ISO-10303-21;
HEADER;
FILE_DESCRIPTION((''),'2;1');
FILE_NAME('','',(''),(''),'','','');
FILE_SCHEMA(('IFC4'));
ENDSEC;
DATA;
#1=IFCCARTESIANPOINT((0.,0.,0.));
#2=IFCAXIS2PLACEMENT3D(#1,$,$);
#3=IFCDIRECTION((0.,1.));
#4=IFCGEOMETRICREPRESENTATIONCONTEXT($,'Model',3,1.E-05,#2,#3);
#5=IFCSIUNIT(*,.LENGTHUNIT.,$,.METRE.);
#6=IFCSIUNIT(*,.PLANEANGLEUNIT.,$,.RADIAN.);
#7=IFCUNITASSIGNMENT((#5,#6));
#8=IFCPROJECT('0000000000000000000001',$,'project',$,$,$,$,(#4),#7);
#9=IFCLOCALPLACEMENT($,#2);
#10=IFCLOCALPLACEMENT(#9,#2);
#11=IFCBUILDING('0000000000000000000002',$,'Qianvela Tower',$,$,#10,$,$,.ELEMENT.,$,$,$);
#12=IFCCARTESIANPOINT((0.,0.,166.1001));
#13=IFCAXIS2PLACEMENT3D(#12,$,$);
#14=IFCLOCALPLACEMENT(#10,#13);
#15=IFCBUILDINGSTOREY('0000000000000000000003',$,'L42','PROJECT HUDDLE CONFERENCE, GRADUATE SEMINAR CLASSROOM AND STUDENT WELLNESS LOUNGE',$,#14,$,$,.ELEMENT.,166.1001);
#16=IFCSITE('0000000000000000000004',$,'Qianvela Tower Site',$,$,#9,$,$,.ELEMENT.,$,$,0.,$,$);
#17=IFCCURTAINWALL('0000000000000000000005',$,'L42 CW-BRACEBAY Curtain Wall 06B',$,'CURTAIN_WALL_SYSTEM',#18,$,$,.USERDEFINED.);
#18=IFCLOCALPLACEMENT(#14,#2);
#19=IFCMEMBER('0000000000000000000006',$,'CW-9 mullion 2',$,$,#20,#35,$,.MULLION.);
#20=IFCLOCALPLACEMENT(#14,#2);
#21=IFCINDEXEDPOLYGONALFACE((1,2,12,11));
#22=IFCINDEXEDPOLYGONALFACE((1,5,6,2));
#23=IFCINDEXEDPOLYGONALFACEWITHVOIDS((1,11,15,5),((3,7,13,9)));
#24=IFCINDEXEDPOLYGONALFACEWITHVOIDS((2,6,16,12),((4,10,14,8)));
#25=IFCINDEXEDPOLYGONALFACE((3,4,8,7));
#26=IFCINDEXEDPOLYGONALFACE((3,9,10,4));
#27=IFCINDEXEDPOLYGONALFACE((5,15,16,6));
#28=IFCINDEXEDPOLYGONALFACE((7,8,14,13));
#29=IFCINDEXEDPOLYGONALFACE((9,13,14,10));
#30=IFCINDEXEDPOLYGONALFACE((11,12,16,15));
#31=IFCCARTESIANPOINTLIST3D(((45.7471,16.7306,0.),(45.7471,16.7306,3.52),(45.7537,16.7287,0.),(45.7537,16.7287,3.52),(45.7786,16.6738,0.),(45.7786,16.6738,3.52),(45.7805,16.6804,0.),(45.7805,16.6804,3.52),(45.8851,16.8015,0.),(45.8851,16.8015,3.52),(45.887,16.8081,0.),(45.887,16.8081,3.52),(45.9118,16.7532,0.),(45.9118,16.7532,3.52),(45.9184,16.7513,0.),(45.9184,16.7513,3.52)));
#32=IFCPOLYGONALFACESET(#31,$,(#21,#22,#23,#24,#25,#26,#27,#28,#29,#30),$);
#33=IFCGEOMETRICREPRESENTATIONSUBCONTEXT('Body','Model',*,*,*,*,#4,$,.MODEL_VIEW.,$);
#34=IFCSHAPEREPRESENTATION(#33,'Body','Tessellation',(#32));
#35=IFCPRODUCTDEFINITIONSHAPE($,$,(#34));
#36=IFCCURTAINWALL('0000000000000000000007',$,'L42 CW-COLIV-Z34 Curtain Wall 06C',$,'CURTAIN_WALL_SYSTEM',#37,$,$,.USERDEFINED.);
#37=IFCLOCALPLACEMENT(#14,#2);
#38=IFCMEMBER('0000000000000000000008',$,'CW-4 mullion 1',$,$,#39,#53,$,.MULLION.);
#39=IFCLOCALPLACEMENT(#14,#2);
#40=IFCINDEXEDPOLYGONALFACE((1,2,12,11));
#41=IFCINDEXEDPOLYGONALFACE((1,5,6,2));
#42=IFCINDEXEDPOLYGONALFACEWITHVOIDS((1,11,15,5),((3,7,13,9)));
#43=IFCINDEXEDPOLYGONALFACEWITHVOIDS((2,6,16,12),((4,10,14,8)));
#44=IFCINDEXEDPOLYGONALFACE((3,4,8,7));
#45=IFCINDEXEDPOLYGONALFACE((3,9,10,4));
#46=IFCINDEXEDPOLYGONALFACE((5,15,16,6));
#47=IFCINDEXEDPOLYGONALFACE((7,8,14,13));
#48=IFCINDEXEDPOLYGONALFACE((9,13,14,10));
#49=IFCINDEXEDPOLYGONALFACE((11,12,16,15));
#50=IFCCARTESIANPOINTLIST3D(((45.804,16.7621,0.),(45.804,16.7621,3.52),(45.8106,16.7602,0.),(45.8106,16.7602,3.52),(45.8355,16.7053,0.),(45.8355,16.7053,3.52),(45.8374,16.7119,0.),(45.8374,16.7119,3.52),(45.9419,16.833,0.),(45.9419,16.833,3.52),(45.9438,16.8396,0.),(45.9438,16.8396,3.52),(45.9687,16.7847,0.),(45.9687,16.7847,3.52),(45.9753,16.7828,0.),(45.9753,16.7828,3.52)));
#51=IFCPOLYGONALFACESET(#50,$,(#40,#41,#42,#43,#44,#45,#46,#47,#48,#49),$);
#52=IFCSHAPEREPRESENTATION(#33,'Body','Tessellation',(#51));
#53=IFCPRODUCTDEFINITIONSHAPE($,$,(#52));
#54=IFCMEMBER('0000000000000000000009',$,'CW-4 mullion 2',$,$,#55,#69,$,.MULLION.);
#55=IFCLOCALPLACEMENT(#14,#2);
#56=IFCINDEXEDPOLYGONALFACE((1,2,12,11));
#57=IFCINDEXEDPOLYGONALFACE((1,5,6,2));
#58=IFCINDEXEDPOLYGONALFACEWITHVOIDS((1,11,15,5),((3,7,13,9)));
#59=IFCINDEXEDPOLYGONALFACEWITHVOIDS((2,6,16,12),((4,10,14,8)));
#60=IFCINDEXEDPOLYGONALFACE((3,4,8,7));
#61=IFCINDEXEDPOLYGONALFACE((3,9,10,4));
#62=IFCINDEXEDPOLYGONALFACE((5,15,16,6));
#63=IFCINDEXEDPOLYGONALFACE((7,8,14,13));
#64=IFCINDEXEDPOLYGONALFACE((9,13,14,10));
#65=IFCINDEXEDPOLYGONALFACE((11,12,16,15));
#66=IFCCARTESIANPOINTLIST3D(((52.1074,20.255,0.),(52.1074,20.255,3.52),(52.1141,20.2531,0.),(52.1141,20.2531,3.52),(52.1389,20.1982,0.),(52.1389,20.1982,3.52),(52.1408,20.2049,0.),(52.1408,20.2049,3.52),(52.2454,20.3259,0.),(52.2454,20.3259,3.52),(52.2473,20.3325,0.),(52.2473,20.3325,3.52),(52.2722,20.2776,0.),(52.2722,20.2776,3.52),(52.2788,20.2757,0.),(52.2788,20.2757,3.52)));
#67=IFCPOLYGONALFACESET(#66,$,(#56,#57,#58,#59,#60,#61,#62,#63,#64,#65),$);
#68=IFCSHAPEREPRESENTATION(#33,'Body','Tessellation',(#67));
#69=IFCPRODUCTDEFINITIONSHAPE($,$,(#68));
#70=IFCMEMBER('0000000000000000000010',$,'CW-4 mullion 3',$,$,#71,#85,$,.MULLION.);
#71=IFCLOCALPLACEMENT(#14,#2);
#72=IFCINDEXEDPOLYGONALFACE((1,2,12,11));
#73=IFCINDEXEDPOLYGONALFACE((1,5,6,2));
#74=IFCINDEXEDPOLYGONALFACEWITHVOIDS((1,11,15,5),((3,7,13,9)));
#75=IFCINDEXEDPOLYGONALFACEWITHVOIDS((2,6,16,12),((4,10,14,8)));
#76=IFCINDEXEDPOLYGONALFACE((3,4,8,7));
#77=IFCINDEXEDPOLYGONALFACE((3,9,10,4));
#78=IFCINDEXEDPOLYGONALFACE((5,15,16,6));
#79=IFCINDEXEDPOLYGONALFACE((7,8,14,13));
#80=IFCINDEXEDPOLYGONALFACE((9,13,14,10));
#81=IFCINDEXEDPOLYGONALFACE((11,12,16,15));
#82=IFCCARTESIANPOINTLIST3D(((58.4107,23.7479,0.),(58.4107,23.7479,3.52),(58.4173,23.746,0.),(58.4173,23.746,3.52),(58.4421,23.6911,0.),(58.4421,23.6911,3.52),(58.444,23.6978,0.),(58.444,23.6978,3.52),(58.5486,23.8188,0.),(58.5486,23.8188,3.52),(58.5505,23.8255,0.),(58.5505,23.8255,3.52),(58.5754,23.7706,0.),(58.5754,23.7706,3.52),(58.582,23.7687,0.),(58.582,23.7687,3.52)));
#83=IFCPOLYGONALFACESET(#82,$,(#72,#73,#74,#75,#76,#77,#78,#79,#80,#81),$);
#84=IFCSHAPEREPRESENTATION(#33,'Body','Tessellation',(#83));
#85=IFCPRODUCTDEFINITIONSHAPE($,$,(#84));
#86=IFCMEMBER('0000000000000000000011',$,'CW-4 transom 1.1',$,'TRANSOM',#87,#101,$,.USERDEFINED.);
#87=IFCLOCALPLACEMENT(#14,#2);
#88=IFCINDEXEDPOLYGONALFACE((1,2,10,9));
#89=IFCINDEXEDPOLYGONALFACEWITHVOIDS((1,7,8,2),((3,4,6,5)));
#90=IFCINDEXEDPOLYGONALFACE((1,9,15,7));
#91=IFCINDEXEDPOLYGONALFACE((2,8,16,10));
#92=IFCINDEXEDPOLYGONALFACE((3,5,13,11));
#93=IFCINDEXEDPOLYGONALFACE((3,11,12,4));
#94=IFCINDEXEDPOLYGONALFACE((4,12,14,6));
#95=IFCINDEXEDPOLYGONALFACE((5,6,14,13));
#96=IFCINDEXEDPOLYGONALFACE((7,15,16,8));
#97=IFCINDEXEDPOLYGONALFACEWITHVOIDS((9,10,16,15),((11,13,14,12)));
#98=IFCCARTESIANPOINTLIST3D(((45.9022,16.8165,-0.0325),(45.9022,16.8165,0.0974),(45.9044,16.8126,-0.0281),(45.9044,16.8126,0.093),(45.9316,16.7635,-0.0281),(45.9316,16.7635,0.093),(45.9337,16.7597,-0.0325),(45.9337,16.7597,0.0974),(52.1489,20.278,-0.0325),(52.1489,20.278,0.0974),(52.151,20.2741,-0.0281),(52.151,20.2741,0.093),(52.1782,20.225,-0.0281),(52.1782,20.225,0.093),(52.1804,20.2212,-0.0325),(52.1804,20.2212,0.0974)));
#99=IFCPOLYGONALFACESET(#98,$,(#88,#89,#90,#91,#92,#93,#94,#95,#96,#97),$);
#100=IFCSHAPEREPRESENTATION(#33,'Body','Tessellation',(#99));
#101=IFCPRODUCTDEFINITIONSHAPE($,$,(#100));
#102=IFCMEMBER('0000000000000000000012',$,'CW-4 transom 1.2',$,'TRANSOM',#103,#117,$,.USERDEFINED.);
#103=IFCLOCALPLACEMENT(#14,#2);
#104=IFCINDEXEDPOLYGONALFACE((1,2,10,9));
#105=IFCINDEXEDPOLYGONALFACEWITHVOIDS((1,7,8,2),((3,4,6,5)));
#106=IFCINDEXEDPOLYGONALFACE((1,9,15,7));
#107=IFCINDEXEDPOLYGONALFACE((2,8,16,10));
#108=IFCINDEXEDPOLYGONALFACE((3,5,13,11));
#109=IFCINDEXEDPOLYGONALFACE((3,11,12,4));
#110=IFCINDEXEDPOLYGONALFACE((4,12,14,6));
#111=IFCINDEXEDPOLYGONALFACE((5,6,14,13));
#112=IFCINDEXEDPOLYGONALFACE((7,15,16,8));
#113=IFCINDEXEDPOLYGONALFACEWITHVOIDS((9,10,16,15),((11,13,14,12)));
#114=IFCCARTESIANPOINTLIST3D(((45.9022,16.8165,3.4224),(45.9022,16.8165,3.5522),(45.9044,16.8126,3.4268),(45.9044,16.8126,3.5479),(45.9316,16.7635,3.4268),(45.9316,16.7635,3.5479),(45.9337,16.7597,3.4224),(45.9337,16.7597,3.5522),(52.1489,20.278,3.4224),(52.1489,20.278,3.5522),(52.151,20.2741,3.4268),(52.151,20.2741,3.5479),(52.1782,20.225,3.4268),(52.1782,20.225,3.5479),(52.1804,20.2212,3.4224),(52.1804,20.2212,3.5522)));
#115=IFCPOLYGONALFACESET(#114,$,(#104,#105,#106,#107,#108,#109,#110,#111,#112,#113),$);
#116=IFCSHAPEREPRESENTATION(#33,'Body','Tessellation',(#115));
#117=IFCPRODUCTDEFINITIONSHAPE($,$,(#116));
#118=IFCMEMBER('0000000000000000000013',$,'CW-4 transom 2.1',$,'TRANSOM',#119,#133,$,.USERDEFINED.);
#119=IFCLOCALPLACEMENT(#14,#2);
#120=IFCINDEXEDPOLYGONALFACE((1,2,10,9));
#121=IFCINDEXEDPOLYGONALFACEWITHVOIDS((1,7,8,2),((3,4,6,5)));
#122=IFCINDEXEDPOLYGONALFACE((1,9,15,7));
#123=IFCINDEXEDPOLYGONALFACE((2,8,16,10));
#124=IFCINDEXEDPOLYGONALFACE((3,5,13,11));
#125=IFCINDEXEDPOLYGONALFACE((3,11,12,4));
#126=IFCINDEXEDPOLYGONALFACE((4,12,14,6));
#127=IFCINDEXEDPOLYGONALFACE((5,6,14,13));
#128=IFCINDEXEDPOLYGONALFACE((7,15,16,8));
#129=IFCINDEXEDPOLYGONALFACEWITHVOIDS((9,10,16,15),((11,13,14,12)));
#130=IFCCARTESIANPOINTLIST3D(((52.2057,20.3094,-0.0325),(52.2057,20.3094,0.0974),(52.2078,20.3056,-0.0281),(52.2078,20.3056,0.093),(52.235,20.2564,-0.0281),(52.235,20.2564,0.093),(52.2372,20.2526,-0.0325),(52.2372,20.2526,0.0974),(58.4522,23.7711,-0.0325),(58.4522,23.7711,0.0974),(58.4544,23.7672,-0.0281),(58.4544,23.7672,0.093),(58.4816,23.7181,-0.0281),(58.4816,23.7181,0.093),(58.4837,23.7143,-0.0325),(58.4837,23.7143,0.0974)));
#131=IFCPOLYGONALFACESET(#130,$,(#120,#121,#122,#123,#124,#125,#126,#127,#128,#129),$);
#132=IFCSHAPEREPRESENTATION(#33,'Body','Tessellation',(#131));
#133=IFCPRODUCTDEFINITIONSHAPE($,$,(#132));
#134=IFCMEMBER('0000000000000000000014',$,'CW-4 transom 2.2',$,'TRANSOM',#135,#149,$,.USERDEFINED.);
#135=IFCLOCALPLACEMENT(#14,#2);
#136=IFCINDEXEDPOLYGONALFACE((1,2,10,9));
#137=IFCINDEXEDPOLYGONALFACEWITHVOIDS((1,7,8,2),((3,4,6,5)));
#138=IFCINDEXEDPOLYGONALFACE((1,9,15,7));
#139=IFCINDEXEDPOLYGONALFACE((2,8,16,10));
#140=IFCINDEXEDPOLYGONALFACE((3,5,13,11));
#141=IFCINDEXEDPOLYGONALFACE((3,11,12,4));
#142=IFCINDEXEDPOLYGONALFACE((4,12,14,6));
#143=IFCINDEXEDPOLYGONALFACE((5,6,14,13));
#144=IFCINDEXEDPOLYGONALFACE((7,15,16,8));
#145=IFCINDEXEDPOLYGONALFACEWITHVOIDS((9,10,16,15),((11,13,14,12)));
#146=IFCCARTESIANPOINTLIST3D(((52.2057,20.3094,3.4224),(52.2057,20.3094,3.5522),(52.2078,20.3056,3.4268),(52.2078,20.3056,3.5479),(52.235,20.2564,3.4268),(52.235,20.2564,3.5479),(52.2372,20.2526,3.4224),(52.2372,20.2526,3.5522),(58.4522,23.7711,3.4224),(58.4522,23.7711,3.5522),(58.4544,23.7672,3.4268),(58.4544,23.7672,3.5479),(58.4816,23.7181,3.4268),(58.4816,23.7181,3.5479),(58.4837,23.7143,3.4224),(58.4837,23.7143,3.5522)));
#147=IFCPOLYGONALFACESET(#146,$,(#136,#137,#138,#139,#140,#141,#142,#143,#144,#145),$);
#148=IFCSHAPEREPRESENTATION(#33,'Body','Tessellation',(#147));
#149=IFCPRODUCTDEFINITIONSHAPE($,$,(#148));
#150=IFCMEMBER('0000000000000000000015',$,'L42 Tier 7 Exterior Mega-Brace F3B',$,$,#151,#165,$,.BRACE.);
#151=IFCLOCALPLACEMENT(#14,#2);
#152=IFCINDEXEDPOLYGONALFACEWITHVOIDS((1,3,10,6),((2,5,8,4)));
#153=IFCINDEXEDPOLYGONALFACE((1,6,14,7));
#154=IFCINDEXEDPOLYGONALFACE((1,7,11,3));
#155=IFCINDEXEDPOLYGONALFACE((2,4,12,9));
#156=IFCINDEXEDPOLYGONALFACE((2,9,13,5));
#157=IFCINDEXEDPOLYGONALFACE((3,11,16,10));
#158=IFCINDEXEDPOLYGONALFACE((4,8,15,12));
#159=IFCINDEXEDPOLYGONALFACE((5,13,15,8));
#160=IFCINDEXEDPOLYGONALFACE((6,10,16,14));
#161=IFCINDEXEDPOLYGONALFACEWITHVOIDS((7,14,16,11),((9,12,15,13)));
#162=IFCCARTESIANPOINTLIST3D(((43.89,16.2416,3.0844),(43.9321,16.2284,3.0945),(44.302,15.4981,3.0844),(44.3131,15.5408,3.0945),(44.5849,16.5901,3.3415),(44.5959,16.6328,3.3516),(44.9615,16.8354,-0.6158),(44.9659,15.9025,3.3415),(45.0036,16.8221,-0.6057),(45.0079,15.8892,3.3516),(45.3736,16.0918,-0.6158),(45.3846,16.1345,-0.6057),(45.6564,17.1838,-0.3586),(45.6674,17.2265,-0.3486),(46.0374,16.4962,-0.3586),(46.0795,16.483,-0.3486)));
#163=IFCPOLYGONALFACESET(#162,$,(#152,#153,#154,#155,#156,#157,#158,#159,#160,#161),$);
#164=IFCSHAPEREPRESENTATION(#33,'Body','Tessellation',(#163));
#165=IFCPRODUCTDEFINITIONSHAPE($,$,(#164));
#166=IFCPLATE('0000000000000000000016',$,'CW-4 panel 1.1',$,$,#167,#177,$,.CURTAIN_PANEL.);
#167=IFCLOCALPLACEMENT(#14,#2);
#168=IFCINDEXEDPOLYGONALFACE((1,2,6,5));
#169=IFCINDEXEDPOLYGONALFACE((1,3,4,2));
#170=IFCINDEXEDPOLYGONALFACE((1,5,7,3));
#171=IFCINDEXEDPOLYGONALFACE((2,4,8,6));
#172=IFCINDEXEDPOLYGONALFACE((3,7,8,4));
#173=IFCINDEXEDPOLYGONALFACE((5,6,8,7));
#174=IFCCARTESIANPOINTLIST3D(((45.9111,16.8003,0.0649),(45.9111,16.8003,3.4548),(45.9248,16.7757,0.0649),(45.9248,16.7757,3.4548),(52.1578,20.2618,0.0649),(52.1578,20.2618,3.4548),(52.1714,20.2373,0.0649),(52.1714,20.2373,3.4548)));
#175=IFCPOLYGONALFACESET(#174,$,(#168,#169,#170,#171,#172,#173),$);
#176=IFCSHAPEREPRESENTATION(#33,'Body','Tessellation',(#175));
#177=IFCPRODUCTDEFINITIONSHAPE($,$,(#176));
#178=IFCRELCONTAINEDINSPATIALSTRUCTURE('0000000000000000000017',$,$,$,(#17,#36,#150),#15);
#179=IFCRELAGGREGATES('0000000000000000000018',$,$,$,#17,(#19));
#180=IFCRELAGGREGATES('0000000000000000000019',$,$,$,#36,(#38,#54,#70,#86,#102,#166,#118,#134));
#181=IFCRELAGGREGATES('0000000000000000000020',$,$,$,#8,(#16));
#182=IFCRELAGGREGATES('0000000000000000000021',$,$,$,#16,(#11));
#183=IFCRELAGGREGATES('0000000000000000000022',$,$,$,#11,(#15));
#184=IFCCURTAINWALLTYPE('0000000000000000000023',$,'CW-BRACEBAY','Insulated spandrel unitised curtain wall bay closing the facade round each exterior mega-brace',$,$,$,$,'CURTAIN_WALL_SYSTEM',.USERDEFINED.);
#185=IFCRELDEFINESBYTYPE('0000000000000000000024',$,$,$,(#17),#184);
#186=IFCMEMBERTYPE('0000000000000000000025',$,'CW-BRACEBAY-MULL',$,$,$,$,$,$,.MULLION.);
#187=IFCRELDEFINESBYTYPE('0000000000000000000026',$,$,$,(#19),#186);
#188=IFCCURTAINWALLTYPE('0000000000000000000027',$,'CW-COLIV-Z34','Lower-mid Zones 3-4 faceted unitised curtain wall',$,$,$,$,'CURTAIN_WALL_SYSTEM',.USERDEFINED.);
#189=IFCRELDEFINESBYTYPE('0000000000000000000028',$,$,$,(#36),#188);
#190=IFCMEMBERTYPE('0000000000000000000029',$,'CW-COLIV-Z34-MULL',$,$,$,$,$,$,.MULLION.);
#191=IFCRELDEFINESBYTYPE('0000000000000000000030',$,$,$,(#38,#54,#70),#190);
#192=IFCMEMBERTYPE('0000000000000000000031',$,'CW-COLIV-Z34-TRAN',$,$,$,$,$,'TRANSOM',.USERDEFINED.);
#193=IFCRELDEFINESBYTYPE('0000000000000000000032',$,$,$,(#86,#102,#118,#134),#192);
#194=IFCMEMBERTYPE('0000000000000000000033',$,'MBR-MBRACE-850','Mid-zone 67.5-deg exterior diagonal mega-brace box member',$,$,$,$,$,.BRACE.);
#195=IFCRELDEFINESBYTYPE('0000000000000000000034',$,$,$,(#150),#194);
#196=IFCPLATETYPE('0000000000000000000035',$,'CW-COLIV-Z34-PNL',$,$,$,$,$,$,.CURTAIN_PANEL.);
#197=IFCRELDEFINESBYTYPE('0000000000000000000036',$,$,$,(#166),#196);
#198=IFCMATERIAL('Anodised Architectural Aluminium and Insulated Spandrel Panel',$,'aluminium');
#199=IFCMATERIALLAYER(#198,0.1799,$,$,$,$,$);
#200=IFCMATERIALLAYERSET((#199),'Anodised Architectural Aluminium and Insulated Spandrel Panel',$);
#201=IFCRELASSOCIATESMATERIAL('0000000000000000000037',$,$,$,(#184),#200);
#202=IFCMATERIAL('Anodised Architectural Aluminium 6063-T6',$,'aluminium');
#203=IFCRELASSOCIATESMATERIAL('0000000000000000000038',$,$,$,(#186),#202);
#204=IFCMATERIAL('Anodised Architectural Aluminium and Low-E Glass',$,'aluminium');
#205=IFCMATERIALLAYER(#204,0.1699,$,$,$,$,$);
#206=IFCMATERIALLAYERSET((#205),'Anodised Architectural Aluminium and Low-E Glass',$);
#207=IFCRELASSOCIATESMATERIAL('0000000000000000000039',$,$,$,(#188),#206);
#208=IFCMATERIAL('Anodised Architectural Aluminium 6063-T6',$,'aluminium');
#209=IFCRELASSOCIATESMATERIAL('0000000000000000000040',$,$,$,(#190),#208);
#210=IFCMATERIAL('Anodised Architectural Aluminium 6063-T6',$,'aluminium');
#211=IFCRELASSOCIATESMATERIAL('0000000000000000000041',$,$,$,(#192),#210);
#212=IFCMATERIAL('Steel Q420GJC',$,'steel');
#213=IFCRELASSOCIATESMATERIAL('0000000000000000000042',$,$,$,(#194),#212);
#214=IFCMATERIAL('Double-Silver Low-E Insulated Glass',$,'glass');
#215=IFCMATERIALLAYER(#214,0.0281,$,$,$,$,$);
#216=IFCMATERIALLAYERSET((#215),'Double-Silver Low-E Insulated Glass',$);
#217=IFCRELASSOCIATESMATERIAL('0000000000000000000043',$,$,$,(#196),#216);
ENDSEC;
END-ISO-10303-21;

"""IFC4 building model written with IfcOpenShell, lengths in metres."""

from ifc_helpers import new_model, si_unit, direction, frame, origin, origin_2d, place, context, subcontext, project, spatial, rectangle, hollow_rectangle, extrude, material, layer, layer_set, material_profile, profile_set, type_object, element, aggregate, save


model = new_model("IFC4")

# Units and contexts
model_context = context("Model", 3, precision=1e-05, world=origin(), true_north=direction((0.0, 1.0)))
body_context = subcontext(model_context, "Body", "Model", "MODEL_VIEW")
ifc_project = project(units=[si_unit("LENGTHUNIT", "METRE"), si_unit("PLANEANGLEUNIT", "RADIAN")], contexts=[model_context])

# Site, building, storey
site_placement = place(None, origin())
site = spatial("IfcSite", under=ifc_project, at=site_placement, Name="Qianvela Tower Site", CompositionType="ELEMENT", RefElevation=0.0)
building_placement = place(site_placement, origin())
building = spatial("IfcBuilding", under=site, at=building_placement, Name="Qianvela Tower", CompositionType="ELEMENT")
storey_placement = place(building_placement, frame((0.0, 0.0, 166.1001)))
storey = spatial("IfcBuildingStorey", under=building, at=storey_placement, Name="L42", Description="PROJECT HUDDLE CONFERENCE, GRADUATE SEMINAR CLASSROOM AND STUDENT WELLNESS LOUNGE", CompositionType="ELEMENT", Elevation=166.1001)

# Curtain wall, member
ifc_material_1 = material(Name="Anodised Architectural Aluminium and Insulated Spandrel Panel", Category="aluminium")
ifc_layer_1 = layer(ifc_material_1, 0.1799)
ifc_layer_set_1 = layer_set([ifc_layer_1], Name="Anodised Architectural Aluminium and Insulated Spandrel Panel")
curtain_wall_type_1 = type_object("IfcCurtainWallType", Name="CW-BRACEBAY", Description="Insulated spandrel unitised curtain wall bay closing the facade round each exterior mega-brace", ElementType="CURTAIN_WALL_SYSTEM", PredefinedType="USERDEFINED", material=ifc_layer_set_1)
curtain_wall_1_placement = place(storey_placement, origin())
curtain_wall_1 = element("IfcCurtainWall", 1, at=curtain_wall_1_placement, inside=storey, type_object=curtain_wall_type_1, Name="L42 CW-BRACEBAY Curtain Wall 06B", ObjectType="CURTAIN_WALL_SYSTEM", PredefinedType="USERDEFINED")
ifc_material_2 = material(Name="Anodised Architectural Aluminium 6063-T6", Category="aluminium")
ifc_material_profile_1 = material_profile(ifc_material_2, hollow_rectangle(XDim=0.0649, YDim=0.1599, WallThickness=0.0049, at=origin_2d()), Name="ALU-MULL-65x160")
ifc_profile_set_1 = profile_set([ifc_material_profile_1], Name="Anodised Architectural Aluminium 6063-T6")
member_type_1 = type_object("IfcMemberType", Name="CW-BRACEBAY-MULL", PredefinedType="MULLION", material=ifc_profile_set_1)
member_1_placement = place(storey_placement, frame((45.8328, 16.741, 0.0), z_axis=(0.0, 0.0, 1.0), x_axis=(-0.484717, 0.874671, 0.0)))
member_1 = element("IfcMember", 2, at=member_1_placement, type_object=member_type_1, Name="CW-9 mullion 2", PredefinedType="MULLION", context=body_context, shape_type="SweptSolid", body=[
    extrude(hollow_rectangle(XDim=0.0649, YDim=0.1599, WallThickness=0.0049, at=origin_2d()), origin(), (0.0, 0.0, 1.0), 3.52),
])
aggregate(curtain_wall_1, [member_1])

# Curtain wall, members
ifc_material_3 = material(Name="Anodised Architectural Aluminium and Low-E Glass", Category="aluminium")
ifc_layer_2 = layer(ifc_material_3, 0.1699)
ifc_layer_set_2 = layer_set([ifc_layer_2], Name="Anodised Architectural Aluminium and Low-E Glass")
curtain_wall_type_2 = type_object("IfcCurtainWallType", Name="CW-COLIV-Z34", Description="Lower-mid Zones 3-4 faceted unitised curtain wall", ElementType="CURTAIN_WALL_SYSTEM", PredefinedType="USERDEFINED", material=ifc_layer_set_2)
curtain_wall_2_placement = place(storey_placement, origin())
curtain_wall_2 = element("IfcCurtainWall", 3, at=curtain_wall_2_placement, inside=storey, type_object=curtain_wall_type_2, Name="L42 CW-COLIV-Z34 Curtain Wall 06C", ObjectType="CURTAIN_WALL_SYSTEM", PredefinedType="USERDEFINED")
ifc_material_4 = material(Name="Anodised Architectural Aluminium 6063-T6", Category="aluminium")
ifc_material_profile_2 = material_profile(ifc_material_4, hollow_rectangle(XDim=0.0649, YDim=0.1599, WallThickness=0.0049, at=origin_2d()), Name="ALU-MULL-65x160")
ifc_profile_set_2 = profile_set([ifc_material_profile_2], Name="Anodised Architectural Aluminium 6063-T6")
member_type_2 = type_object("IfcMemberType", Name="CW-COLIV-Z34-MULL", PredefinedType="MULLION", material=ifc_profile_set_2)
member_2_placement = place(storey_placement, frame((45.8896, 16.7725, 0.0), z_axis=(0.0, 0.0, 1.0), x_axis=(-0.484701, 0.87468, 0.0)))
member_2 = element("IfcMember", 4, at=member_2_placement, type_object=member_type_2, Name="CW-4 mullion 1", PredefinedType="MULLION", context=body_context, shape_type="SweptSolid", body=[
    extrude(hollow_rectangle(XDim=0.0649, YDim=0.1599, WallThickness=0.0049, at=origin_2d()), origin(), (0.0, 0.0, 1.0), 3.52),
])
member_3_placement = place(storey_placement, frame((52.1931, 20.2654, 0.0), z_axis=(0.0, 0.0, 1.0), x_axis=(-0.484701, 0.87468, 0.0)))
member_3 = element("IfcMember", 5, at=member_3_placement, type_object=member_type_2, Name="CW-4 mullion 2", PredefinedType="MULLION", context=body_context, shape_type="SweptSolid", body=[
    extrude(hollow_rectangle(XDim=0.0649, YDim=0.1599, WallThickness=0.0049, at=origin_2d()), origin(), (0.0, 0.0, 1.0), 3.52),
])
member_4_placement = place(storey_placement, frame((58.4963, 23.7583, 0.0), z_axis=(0.0, 0.0, 1.0), x_axis=(-0.484701, 0.87468, 0.0)))
member_4 = element("IfcMember", 6, at=member_4_placement, type_object=member_type_2, Name="CW-4 mullion 3", PredefinedType="MULLION", context=body_context, shape_type="SweptSolid", body=[
    extrude(hollow_rectangle(XDim=0.0649, YDim=0.1599, WallThickness=0.0049, at=origin_2d()), origin(), (0.0, 0.0, 1.0), 3.52),
])
ifc_material_5 = material(Name="Anodised Architectural Aluminium 6063-T6", Category="aluminium")
ifc_material_profile_3 = material_profile(ifc_material_5, hollow_rectangle(XDim=0.0649, YDim=0.1299, WallThickness=0.0044, at=origin_2d()), Name="ALU-TRAN-65x130")
ifc_profile_set_3 = profile_set([ifc_material_profile_3], Name="Anodised Architectural Aluminium 6063-T6")
member_type_3 = type_object("IfcMemberType", Name="CW-COLIV-Z34-TRAN", ElementType="TRANSOM", PredefinedType="USERDEFINED", material=ifc_profile_set_3)
member_5_placement = place(storey_placement, frame((45.918, 16.7881, 0.0325), z_axis=(0.874686, 0.484691, 0.0), x_axis=(-0.484691, 0.874686, 0.0)))
member_5 = element("IfcMember", 7, at=member_5_placement, type_object=member_type_3, Name="CW-4 transom 1.1", ObjectType="TRANSOM", PredefinedType="USERDEFINED", context=body_context, shape_type="SweptSolid", body=[
    extrude(hollow_rectangle(XDim=0.0649, YDim=0.1299, WallThickness=0.0044, at=origin_2d()), origin(), (0.0, 0.0, 1.0), 7.1416),
])
member_6_placement = place(storey_placement, frame((45.918, 16.7881, 3.4873), z_axis=(0.874686, 0.484691, 0.0), x_axis=(-0.484691, 0.874686, 0.0)))
member_6 = element("IfcMember", 8, at=member_6_placement, type_object=member_type_3, Name="CW-4 transom 1.2", ObjectType="TRANSOM", PredefinedType="USERDEFINED", context=body_context, shape_type="SweptSolid", body=[
    extrude(hollow_rectangle(XDim=0.0649, YDim=0.1299, WallThickness=0.0044, at=origin_2d()), origin(), (0.0, 0.0, 1.0), 7.1416),
])
member_7_placement = place(storey_placement, frame((52.2214, 20.281, 0.0325), z_axis=(0.874671, 0.484717, 0.0), x_axis=(-0.484717, 0.874671, 0.0)))
member_7 = element("IfcMember", 9, at=member_7_placement, type_object=member_type_3, Name="CW-4 transom 2.1", ObjectType="TRANSOM", PredefinedType="USERDEFINED", context=body_context, shape_type="SweptSolid", body=[
    extrude(hollow_rectangle(XDim=0.0649, YDim=0.1299, WallThickness=0.0044, at=origin_2d()), origin(), (0.0, 0.0, 1.0), 7.1416),
])
member_8_placement = place(storey_placement, frame((52.2214, 20.281, 3.4873), z_axis=(0.874671, 0.484717, 0.0), x_axis=(-0.484717, 0.874671, 0.0)))
member_8 = element("IfcMember", 10, at=member_8_placement, type_object=member_type_3, Name="CW-4 transom 2.2", ObjectType="TRANSOM", PredefinedType="USERDEFINED", context=body_context, shape_type="SweptSolid", body=[
    extrude(hollow_rectangle(XDim=0.0649, YDim=0.1299, WallThickness=0.0044, at=origin_2d()), origin(), (0.0, 0.0, 1.0), 7.1416),
])

# Member
ifc_material_6 = material(Name="Steel Q420GJC", Category="steel")
ifc_material_profile_4 = material_profile(ifc_material_6, hollow_rectangle(XDim=0.8501, YDim=0.8501, WallThickness=0.032, at=origin_2d()), Name="MBOX-850x850x32")
ifc_profile_set_4 = profile_set([ifc_material_profile_4], Name="Steel Q420GJC")
member_type_4 = type_object("IfcMemberType", Name="MBR-MBRACE-850", Description="Mid-zone 67.5-deg exterior diagonal mega-brace box member", PredefinedType="BRACE", material=ifc_profile_set_4)
member_9_placement = place(storey_placement, frame((45.5205, 16.6592, -0.4822), z_axis=(-0.274913, -0.152333, 0.949325), x_axis=(0.484678, -0.874693, 0.0)))
element("IfcMember", 11, at=member_9_placement, inside=storey, type_object=member_type_4, Name="L42 Tier 7 Exterior Mega-Brace F3B", PredefinedType="BRACE", context=body_context, shape_type="SweptSolid", body=[
    extrude(hollow_rectangle(XDim=0.8501, YDim=0.8501, WallThickness=0.032, at=origin_2d()), origin(), (0.0, 0.0, 1.0), 3.8977),
])

# Plate
ifc_material_7 = material(Name="Double-Silver Low-E Insulated Glass", Category="glass")
ifc_layer_3 = layer(ifc_material_7, 0.0281)
ifc_layer_set_3 = layer_set([ifc_layer_3], Name="Double-Silver Low-E Insulated Glass")
plate_type_1 = type_object("IfcPlateType", Name="CW-COLIV-Z34-PNL", PredefinedType="CURTAIN_PANEL", material=ifc_layer_set_3)
plate_1_placement = place(storey_placement, frame((49.0413, 18.5188, 0.0649), z_axis=(0.0, 0.0, 1.0), x_axis=(0.87468, 0.484701, 0.0)))
plate_1 = element("IfcPlate", 12, at=plate_1_placement, type_object=plate_type_1, Name="CW-4 panel 1.1", PredefinedType="CURTAIN_PANEL", context=body_context, shape_type="SweptSolid", body=[
    extrude(rectangle(XDim=7.1416, YDim=0.0281, at=origin_2d()), origin(), (0.0, 0.0, 1.0), 3.3899),
])
aggregate(curtain_wall_2, [member_2, member_3, member_4, member_5, member_6, plate_1, member_7, member_8])

save(model, "model.ifc")
